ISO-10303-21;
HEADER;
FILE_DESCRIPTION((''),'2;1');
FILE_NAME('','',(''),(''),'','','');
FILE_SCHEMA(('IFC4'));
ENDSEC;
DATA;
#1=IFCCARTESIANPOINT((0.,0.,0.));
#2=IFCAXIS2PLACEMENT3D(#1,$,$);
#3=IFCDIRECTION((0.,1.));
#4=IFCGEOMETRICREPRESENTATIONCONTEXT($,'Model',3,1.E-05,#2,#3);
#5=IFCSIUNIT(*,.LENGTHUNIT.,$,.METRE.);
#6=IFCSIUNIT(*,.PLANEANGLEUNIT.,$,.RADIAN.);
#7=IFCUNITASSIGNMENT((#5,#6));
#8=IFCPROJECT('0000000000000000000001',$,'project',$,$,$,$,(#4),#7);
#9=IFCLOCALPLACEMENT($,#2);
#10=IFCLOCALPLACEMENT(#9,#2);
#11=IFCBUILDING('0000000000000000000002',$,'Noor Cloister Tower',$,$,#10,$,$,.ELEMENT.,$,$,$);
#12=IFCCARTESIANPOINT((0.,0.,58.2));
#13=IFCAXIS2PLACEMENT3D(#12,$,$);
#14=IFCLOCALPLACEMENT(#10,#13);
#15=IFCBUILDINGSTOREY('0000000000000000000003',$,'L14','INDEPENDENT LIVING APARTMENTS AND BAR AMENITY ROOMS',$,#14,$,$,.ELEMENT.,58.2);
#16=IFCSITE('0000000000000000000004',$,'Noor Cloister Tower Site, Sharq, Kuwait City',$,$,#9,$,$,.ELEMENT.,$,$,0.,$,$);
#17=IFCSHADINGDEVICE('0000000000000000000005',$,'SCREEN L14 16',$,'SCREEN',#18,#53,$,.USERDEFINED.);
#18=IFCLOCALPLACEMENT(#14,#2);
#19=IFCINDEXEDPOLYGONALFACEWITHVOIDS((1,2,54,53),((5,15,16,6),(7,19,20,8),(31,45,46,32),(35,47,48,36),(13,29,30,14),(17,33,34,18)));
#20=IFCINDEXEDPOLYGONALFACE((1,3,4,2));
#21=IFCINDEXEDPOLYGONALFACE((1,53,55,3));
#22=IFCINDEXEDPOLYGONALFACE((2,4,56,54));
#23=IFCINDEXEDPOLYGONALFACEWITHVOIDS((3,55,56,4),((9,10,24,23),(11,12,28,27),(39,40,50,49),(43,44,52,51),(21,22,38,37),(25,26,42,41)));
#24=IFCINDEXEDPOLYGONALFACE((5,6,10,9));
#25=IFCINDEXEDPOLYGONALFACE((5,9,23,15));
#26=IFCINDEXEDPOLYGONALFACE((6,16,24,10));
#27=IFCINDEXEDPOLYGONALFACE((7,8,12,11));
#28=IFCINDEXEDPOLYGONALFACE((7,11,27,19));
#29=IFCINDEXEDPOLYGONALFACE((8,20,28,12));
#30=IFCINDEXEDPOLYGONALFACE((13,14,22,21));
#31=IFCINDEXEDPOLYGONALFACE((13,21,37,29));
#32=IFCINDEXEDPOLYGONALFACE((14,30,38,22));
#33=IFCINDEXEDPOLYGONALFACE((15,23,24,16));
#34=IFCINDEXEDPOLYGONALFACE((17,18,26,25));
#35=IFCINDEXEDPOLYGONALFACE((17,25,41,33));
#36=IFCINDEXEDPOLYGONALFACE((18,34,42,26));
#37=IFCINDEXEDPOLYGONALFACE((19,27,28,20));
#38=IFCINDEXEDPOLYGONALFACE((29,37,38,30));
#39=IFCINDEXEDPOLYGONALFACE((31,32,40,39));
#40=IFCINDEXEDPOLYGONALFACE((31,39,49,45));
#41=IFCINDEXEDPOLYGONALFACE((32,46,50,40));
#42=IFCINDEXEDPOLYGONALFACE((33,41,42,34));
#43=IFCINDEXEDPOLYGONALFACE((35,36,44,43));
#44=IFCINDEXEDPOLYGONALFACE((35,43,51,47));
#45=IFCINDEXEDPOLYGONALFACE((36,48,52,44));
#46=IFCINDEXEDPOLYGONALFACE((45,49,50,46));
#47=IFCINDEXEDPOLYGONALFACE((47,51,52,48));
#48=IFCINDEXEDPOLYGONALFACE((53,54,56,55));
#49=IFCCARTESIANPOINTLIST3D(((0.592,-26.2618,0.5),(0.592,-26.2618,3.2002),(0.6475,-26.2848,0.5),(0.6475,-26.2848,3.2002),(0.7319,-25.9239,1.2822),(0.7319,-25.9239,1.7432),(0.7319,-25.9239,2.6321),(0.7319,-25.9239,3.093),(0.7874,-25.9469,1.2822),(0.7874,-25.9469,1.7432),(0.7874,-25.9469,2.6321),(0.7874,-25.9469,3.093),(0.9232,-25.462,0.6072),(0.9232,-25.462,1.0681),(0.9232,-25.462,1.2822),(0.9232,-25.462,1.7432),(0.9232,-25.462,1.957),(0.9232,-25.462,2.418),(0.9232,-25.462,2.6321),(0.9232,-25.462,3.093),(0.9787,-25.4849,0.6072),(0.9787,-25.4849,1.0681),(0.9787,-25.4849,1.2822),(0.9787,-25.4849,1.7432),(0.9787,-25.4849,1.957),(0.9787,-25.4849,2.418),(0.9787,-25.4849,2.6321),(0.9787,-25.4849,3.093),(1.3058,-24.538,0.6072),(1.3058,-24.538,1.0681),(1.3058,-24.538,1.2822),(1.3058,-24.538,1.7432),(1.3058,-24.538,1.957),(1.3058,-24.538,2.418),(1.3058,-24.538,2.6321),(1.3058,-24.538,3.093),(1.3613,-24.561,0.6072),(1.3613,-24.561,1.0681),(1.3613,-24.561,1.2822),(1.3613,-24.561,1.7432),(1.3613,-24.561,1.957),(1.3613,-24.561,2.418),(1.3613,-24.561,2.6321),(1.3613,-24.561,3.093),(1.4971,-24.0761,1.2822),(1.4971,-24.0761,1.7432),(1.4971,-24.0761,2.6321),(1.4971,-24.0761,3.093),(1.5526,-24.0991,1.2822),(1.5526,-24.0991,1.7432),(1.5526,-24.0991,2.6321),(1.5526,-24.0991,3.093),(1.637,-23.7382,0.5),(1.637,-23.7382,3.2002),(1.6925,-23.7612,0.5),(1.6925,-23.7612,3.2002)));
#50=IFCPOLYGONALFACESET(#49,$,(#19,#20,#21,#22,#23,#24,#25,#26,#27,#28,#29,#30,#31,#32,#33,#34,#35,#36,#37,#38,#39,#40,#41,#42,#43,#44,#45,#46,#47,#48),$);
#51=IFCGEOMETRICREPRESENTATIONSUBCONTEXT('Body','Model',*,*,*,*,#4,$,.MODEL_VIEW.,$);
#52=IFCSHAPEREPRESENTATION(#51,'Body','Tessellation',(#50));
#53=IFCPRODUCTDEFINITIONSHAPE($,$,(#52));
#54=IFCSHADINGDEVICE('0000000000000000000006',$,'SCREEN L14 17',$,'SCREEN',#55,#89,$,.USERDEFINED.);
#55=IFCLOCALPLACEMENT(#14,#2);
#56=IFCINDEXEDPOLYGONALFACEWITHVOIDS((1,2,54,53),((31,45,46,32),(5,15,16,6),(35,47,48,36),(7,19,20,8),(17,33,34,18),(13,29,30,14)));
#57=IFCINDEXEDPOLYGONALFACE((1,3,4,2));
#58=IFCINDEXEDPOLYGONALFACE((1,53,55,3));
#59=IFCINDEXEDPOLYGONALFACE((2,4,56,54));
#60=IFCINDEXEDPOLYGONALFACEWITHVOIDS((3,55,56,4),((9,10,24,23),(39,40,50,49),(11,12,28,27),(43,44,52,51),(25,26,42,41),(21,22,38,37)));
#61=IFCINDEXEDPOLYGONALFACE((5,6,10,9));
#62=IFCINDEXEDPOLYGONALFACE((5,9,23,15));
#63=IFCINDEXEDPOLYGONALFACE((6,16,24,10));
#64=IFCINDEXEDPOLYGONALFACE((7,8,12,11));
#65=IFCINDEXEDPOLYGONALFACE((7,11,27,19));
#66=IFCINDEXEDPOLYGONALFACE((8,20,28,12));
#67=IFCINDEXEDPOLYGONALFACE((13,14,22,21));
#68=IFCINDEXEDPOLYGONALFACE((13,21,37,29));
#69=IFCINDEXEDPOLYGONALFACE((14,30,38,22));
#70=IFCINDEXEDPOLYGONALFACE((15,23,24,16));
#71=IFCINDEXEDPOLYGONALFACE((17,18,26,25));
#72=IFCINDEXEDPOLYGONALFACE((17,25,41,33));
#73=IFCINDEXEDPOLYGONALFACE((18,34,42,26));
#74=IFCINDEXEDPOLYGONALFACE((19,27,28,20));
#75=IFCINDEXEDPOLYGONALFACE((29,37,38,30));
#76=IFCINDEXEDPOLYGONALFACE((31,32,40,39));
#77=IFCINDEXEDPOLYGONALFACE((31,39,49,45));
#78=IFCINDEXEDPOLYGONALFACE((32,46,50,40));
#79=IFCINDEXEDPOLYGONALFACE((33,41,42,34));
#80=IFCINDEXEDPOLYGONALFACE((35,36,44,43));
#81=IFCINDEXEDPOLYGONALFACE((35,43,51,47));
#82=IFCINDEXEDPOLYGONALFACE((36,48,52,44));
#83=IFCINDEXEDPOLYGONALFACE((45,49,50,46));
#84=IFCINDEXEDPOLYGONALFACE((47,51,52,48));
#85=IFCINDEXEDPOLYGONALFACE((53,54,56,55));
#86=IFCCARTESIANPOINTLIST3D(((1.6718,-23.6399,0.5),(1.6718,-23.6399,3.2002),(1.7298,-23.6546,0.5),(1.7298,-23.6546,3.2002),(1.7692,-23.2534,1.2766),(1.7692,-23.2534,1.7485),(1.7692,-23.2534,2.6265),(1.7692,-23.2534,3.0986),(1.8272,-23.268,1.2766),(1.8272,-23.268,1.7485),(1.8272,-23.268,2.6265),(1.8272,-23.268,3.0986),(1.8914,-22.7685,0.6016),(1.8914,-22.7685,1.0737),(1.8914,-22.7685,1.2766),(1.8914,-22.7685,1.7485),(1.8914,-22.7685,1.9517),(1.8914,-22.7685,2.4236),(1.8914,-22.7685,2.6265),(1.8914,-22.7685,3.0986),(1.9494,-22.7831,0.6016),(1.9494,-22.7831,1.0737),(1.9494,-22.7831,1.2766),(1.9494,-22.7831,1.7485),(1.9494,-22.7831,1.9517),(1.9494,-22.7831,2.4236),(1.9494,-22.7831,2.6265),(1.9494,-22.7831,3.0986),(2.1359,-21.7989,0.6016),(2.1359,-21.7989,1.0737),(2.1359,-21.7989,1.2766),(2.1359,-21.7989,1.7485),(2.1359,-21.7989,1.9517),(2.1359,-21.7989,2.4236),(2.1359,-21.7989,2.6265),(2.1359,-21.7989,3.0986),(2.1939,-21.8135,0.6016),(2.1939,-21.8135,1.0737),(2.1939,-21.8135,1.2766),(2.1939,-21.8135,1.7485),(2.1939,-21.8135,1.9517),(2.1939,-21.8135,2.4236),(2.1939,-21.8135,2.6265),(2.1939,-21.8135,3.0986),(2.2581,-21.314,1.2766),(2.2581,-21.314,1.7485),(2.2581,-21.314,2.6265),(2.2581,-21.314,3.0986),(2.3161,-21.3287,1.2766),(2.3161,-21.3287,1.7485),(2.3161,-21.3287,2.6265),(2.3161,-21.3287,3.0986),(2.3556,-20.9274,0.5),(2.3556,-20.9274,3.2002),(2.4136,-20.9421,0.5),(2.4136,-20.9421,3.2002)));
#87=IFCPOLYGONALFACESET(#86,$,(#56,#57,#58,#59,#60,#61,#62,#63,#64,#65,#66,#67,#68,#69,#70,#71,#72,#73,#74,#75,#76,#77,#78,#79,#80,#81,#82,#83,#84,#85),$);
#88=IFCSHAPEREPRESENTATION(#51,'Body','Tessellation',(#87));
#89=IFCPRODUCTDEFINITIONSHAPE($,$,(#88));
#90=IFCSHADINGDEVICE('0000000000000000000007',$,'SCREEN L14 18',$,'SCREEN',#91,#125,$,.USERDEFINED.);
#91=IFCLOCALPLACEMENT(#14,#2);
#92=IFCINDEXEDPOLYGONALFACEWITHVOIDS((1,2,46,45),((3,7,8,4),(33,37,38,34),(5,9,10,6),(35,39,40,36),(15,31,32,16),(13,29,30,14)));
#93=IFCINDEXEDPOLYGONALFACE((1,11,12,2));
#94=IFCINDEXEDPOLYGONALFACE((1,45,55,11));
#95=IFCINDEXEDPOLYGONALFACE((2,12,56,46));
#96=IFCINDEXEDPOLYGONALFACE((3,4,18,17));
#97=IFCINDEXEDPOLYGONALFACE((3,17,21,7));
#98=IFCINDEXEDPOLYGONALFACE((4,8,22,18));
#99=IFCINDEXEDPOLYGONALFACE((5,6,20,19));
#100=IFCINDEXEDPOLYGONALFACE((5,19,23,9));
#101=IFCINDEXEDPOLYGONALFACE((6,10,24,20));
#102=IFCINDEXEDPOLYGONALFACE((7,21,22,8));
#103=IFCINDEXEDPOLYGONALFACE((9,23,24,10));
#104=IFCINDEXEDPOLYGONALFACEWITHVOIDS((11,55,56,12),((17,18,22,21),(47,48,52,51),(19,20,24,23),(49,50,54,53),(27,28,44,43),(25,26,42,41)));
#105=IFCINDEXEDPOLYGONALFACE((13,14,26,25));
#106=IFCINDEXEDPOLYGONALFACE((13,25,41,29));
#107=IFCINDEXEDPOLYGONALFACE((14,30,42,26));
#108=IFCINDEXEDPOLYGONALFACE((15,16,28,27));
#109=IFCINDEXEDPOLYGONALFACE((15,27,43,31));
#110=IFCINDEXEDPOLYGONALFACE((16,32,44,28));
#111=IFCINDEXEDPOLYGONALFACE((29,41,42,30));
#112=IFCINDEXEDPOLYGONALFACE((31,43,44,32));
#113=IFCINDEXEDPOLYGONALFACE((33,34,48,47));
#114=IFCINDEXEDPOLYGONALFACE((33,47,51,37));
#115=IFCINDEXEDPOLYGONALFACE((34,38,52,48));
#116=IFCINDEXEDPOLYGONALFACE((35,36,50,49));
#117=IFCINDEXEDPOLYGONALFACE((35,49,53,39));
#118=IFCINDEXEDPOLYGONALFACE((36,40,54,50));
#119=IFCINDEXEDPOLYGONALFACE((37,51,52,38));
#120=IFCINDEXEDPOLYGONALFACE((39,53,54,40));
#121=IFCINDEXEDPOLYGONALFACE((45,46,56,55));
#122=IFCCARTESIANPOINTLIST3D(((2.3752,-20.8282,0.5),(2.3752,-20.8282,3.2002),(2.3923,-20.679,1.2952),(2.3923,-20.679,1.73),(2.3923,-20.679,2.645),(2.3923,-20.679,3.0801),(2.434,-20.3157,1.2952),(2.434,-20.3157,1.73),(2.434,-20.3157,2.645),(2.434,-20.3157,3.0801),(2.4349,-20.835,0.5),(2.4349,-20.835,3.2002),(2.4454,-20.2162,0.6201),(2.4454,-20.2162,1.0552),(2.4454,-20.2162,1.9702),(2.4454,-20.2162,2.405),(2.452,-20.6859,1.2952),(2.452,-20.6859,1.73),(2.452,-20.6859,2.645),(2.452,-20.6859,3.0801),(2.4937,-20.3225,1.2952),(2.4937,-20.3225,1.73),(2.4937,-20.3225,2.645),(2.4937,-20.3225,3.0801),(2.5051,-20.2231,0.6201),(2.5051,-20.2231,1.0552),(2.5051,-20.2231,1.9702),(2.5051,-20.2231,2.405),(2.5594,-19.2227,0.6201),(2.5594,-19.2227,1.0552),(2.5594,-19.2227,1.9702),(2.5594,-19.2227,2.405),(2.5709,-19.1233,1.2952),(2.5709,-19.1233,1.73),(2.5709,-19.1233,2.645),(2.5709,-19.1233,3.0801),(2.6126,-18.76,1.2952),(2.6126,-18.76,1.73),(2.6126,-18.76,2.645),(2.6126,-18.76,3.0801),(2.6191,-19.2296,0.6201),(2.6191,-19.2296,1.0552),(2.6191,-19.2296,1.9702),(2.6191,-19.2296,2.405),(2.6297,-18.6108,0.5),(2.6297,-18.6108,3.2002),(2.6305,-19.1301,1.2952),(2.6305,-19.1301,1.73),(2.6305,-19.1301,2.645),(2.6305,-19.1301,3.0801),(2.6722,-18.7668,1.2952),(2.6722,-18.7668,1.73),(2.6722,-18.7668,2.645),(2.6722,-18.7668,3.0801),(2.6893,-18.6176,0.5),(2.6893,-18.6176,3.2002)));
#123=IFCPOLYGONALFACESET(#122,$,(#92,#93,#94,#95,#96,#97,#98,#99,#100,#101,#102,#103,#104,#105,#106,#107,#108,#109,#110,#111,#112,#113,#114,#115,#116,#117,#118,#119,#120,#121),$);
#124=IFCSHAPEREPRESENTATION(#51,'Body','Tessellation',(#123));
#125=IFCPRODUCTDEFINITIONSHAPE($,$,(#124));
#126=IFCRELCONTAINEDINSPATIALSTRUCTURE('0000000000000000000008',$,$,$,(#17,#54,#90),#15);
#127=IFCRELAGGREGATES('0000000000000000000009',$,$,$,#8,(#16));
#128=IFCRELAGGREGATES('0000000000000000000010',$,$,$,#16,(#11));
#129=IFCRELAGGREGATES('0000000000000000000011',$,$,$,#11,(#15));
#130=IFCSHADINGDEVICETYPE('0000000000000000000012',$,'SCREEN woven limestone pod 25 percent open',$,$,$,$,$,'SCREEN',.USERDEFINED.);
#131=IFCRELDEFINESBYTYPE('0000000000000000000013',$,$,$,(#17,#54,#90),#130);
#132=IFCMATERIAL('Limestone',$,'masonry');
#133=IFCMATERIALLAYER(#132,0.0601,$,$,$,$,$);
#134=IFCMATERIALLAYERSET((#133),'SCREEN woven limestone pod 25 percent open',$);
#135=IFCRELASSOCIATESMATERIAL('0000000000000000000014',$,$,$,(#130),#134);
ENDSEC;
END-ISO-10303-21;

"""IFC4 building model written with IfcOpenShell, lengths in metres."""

from ifc_helpers import new_model, si_unit, direction, frame, origin, place, context, subcontext, project, spatial, polyline, outline, extrude, material, layer, layer_set, type_object, element, save


model = new_model("IFC4")

# Units and contexts
model_context = context("Model", 3, precision=1e-05, world=origin(), true_north=direction((0.0, 1.0)))
body_context = subcontext(model_context, "Body", "Model", "MODEL_VIEW")
ifc_project = project(units=[si_unit("LENGTHUNIT", "METRE"), si_unit("PLANEANGLEUNIT", "RADIAN")], contexts=[model_context])

# Site, building, storey
site_placement = place(None, origin())
site = spatial("IfcSite", under=ifc_project, at=site_placement, Name="Noor Cloister Tower Site, Sharq, Kuwait City", CompositionType="ELEMENT", RefElevation=0.0)
building_placement = place(site_placement, origin())
building = spatial("IfcBuilding", under=site, at=building_placement, Name="Noor Cloister Tower", CompositionType="ELEMENT")
storey_placement = place(building_placement, frame((0.0, 0.0, 58.2)))
storey = spatial("IfcBuildingStorey", under=building, at=storey_placement, Name="L14", Description="INDEPENDENT LIVING APARTMENTS AND BAR AMENITY ROOMS", CompositionType="ELEMENT", Elevation=58.2)

# Shading devices
ifc_material_1 = material(Name="Limestone", Category="masonry")
ifc_layer_1 = layer(ifc_material_1, 0.0601)
ifc_layer_set_1 = layer_set([ifc_layer_1], Name="SCREEN woven limestone pod 25 percent open")
shading_device_type_1 = type_object("IfcShadingDeviceType", Name="SCREEN woven limestone pod 25 percent open", ElementType="SCREEN", PredefinedType="USERDEFINED", material=ifc_layer_set_1)
shading_device_1_placement = place(storey_placement, frame((1.1145, -25.0, 1.8501), z_axis=(0.923918, -0.382591, 0.0), x_axis=(0.382591, 0.923918, 0.0)))
element("IfcShadingDevice", 1, at=shading_device_1_placement, inside=storey, type_object=shading_device_type_1, Name="SCREEN L14 16", ObjectType="SCREEN", PredefinedType="USERDEFINED", context=body_context, shape_type="SweptSolid", body=[
    extrude(outline(polyline([(-1.3657, -1.3501), (1.3657, -1.3501), (1.3657, 1.3501), (-1.3657, 1.3501), (-1.3657, -1.3501)]), holes=[polyline([(-0.5, -1.2429), (0.5, -1.2429), (0.5, -0.782), (-0.5, -0.782), (-0.5, -1.2429)]), polyline([(-1.0, -0.5679), (-0.5, -0.5679), (-0.5, -0.1069), (-1.0, -0.1069), (-1.0, -0.5679)]), polyline([(0.5, -0.5679), (1.0, -0.5679), (1.0, -0.1069), (0.5, -0.1069), (0.5, -0.5679)]), polyline([(-0.5, 0.1069), (0.5, 0.1069), (0.5, 0.5679), (-0.5, 0.5679), (-0.5, 0.1069)]), polyline([(-1.0, 0.782), (-0.5, 0.782), (-0.5, 1.2429), (-1.0, 1.2429), (-1.0, 0.782)]), polyline([(0.5, 0.782), (1.0, 0.782), (1.0, 1.2429), (0.5, 1.2429), (0.5, 0.782)])]), origin(), (0.0, 0.0, 1.0), 0.0601),
])
shading_device_2_placement = place(storey_placement, frame((2.0137, -22.2837, 1.8501), z_axis=(0.969661, -0.244452, 0.0), x_axis=(0.244452, 0.969661, 0.0)))
element("IfcShadingDevice", 2, at=shading_device_2_placement, inside=storey, type_object=shading_device_type_1, Name="SCREEN L14 17", ObjectType="SCREEN", PredefinedType="USERDEFINED", context=body_context, shape_type="SweptSolid", body=[
    extrude(outline(polyline([(-1.3987, -1.3501), (1.3987, -1.3501), (1.3987, 1.3501), (-1.3987, 1.3501), (-1.3987, -1.3501)]), holes=[polyline([(-0.5, -1.2485), (0.5, -1.2485), (0.5, -0.7764), (-0.5, -0.7764), (-0.5, -1.2485)]), polyline([(-1.0, -0.5735), (-0.5, -0.5735), (-0.5, -0.1016), (-1.0, -0.1016), (-1.0, -0.5735)]), polyline([(0.5, -0.5735), (1.0, -0.5735), (1.0, -0.1016), (0.5, -0.1016), (0.5, -0.5735)]), polyline([(-0.5, 0.1016), (0.5, 0.1016), (0.5, 0.5735), (-0.5, 0.5735), (-0.5, 0.1016)]), polyline([(-1.0, 0.7764), (-0.5, 0.7764), (-0.5, 1.2485), (-1.0, 1.2485), (-1.0, 0.7764)]), polyline([(0.5, 0.7764), (1.0, 0.7764), (1.0, 1.2485), (0.5, 1.2485), (0.5, 0.7764)])]), origin(), (0.0, 0.0, 1.0), 0.0598),
])
shading_device_3_placement = place(storey_placement, frame((2.5024, -19.7195, 1.8501), z_axis=(0.99348, -0.114006, 0.0), x_axis=(0.114006, 0.99348, 0.0)))
element("IfcShadingDevice", 3, at=shading_device_3_placement, inside=storey, type_object=shading_device_type_1, Name="SCREEN L14 18", ObjectType="SCREEN", PredefinedType="USERDEFINED", context=body_context, shape_type="SweptSolid", body=[
    extrude(outline(polyline([(-1.116, -1.3501), (1.116, -1.3501), (1.116, 1.3501), (-1.116, 1.3501), (-1.116, -1.3501)]), holes=[polyline([(-0.5, -1.23), (0.5, -1.23), (0.5, -0.7949), (-0.5, -0.7949), (-0.5, -1.23)]), polyline([(0.6001, -0.5549), (0.9658, -0.5549), (0.9658, -0.1201), (0.6001, -0.1201), (0.6001, -0.5549)]), polyline([(-0.9658, -0.5549), (-0.6001, -0.5549), (-0.6001, -0.1201), (-0.9658, -0.1201), (-0.9658, -0.5549)]), polyline([(-0.5, 0.1201), (0.5, 0.1201), (0.5, 0.5549), (-0.5, 0.5549), (-0.5, 0.1201)]), polyline([(0.6001, 0.7949), (0.9658, 0.7949), (0.9658, 1.23), (0.6001, 1.23), (0.6001, 0.7949)]), polyline([(-0.9658, 0.7949), (-0.6001, 0.7949), (-0.6001, 1.23), (-0.9658, 1.23), (-0.9658, 0.7949)])]), origin(), (0.0, 0.0, 1.0), 0.0601),
])

save(model, "model.ifc")
